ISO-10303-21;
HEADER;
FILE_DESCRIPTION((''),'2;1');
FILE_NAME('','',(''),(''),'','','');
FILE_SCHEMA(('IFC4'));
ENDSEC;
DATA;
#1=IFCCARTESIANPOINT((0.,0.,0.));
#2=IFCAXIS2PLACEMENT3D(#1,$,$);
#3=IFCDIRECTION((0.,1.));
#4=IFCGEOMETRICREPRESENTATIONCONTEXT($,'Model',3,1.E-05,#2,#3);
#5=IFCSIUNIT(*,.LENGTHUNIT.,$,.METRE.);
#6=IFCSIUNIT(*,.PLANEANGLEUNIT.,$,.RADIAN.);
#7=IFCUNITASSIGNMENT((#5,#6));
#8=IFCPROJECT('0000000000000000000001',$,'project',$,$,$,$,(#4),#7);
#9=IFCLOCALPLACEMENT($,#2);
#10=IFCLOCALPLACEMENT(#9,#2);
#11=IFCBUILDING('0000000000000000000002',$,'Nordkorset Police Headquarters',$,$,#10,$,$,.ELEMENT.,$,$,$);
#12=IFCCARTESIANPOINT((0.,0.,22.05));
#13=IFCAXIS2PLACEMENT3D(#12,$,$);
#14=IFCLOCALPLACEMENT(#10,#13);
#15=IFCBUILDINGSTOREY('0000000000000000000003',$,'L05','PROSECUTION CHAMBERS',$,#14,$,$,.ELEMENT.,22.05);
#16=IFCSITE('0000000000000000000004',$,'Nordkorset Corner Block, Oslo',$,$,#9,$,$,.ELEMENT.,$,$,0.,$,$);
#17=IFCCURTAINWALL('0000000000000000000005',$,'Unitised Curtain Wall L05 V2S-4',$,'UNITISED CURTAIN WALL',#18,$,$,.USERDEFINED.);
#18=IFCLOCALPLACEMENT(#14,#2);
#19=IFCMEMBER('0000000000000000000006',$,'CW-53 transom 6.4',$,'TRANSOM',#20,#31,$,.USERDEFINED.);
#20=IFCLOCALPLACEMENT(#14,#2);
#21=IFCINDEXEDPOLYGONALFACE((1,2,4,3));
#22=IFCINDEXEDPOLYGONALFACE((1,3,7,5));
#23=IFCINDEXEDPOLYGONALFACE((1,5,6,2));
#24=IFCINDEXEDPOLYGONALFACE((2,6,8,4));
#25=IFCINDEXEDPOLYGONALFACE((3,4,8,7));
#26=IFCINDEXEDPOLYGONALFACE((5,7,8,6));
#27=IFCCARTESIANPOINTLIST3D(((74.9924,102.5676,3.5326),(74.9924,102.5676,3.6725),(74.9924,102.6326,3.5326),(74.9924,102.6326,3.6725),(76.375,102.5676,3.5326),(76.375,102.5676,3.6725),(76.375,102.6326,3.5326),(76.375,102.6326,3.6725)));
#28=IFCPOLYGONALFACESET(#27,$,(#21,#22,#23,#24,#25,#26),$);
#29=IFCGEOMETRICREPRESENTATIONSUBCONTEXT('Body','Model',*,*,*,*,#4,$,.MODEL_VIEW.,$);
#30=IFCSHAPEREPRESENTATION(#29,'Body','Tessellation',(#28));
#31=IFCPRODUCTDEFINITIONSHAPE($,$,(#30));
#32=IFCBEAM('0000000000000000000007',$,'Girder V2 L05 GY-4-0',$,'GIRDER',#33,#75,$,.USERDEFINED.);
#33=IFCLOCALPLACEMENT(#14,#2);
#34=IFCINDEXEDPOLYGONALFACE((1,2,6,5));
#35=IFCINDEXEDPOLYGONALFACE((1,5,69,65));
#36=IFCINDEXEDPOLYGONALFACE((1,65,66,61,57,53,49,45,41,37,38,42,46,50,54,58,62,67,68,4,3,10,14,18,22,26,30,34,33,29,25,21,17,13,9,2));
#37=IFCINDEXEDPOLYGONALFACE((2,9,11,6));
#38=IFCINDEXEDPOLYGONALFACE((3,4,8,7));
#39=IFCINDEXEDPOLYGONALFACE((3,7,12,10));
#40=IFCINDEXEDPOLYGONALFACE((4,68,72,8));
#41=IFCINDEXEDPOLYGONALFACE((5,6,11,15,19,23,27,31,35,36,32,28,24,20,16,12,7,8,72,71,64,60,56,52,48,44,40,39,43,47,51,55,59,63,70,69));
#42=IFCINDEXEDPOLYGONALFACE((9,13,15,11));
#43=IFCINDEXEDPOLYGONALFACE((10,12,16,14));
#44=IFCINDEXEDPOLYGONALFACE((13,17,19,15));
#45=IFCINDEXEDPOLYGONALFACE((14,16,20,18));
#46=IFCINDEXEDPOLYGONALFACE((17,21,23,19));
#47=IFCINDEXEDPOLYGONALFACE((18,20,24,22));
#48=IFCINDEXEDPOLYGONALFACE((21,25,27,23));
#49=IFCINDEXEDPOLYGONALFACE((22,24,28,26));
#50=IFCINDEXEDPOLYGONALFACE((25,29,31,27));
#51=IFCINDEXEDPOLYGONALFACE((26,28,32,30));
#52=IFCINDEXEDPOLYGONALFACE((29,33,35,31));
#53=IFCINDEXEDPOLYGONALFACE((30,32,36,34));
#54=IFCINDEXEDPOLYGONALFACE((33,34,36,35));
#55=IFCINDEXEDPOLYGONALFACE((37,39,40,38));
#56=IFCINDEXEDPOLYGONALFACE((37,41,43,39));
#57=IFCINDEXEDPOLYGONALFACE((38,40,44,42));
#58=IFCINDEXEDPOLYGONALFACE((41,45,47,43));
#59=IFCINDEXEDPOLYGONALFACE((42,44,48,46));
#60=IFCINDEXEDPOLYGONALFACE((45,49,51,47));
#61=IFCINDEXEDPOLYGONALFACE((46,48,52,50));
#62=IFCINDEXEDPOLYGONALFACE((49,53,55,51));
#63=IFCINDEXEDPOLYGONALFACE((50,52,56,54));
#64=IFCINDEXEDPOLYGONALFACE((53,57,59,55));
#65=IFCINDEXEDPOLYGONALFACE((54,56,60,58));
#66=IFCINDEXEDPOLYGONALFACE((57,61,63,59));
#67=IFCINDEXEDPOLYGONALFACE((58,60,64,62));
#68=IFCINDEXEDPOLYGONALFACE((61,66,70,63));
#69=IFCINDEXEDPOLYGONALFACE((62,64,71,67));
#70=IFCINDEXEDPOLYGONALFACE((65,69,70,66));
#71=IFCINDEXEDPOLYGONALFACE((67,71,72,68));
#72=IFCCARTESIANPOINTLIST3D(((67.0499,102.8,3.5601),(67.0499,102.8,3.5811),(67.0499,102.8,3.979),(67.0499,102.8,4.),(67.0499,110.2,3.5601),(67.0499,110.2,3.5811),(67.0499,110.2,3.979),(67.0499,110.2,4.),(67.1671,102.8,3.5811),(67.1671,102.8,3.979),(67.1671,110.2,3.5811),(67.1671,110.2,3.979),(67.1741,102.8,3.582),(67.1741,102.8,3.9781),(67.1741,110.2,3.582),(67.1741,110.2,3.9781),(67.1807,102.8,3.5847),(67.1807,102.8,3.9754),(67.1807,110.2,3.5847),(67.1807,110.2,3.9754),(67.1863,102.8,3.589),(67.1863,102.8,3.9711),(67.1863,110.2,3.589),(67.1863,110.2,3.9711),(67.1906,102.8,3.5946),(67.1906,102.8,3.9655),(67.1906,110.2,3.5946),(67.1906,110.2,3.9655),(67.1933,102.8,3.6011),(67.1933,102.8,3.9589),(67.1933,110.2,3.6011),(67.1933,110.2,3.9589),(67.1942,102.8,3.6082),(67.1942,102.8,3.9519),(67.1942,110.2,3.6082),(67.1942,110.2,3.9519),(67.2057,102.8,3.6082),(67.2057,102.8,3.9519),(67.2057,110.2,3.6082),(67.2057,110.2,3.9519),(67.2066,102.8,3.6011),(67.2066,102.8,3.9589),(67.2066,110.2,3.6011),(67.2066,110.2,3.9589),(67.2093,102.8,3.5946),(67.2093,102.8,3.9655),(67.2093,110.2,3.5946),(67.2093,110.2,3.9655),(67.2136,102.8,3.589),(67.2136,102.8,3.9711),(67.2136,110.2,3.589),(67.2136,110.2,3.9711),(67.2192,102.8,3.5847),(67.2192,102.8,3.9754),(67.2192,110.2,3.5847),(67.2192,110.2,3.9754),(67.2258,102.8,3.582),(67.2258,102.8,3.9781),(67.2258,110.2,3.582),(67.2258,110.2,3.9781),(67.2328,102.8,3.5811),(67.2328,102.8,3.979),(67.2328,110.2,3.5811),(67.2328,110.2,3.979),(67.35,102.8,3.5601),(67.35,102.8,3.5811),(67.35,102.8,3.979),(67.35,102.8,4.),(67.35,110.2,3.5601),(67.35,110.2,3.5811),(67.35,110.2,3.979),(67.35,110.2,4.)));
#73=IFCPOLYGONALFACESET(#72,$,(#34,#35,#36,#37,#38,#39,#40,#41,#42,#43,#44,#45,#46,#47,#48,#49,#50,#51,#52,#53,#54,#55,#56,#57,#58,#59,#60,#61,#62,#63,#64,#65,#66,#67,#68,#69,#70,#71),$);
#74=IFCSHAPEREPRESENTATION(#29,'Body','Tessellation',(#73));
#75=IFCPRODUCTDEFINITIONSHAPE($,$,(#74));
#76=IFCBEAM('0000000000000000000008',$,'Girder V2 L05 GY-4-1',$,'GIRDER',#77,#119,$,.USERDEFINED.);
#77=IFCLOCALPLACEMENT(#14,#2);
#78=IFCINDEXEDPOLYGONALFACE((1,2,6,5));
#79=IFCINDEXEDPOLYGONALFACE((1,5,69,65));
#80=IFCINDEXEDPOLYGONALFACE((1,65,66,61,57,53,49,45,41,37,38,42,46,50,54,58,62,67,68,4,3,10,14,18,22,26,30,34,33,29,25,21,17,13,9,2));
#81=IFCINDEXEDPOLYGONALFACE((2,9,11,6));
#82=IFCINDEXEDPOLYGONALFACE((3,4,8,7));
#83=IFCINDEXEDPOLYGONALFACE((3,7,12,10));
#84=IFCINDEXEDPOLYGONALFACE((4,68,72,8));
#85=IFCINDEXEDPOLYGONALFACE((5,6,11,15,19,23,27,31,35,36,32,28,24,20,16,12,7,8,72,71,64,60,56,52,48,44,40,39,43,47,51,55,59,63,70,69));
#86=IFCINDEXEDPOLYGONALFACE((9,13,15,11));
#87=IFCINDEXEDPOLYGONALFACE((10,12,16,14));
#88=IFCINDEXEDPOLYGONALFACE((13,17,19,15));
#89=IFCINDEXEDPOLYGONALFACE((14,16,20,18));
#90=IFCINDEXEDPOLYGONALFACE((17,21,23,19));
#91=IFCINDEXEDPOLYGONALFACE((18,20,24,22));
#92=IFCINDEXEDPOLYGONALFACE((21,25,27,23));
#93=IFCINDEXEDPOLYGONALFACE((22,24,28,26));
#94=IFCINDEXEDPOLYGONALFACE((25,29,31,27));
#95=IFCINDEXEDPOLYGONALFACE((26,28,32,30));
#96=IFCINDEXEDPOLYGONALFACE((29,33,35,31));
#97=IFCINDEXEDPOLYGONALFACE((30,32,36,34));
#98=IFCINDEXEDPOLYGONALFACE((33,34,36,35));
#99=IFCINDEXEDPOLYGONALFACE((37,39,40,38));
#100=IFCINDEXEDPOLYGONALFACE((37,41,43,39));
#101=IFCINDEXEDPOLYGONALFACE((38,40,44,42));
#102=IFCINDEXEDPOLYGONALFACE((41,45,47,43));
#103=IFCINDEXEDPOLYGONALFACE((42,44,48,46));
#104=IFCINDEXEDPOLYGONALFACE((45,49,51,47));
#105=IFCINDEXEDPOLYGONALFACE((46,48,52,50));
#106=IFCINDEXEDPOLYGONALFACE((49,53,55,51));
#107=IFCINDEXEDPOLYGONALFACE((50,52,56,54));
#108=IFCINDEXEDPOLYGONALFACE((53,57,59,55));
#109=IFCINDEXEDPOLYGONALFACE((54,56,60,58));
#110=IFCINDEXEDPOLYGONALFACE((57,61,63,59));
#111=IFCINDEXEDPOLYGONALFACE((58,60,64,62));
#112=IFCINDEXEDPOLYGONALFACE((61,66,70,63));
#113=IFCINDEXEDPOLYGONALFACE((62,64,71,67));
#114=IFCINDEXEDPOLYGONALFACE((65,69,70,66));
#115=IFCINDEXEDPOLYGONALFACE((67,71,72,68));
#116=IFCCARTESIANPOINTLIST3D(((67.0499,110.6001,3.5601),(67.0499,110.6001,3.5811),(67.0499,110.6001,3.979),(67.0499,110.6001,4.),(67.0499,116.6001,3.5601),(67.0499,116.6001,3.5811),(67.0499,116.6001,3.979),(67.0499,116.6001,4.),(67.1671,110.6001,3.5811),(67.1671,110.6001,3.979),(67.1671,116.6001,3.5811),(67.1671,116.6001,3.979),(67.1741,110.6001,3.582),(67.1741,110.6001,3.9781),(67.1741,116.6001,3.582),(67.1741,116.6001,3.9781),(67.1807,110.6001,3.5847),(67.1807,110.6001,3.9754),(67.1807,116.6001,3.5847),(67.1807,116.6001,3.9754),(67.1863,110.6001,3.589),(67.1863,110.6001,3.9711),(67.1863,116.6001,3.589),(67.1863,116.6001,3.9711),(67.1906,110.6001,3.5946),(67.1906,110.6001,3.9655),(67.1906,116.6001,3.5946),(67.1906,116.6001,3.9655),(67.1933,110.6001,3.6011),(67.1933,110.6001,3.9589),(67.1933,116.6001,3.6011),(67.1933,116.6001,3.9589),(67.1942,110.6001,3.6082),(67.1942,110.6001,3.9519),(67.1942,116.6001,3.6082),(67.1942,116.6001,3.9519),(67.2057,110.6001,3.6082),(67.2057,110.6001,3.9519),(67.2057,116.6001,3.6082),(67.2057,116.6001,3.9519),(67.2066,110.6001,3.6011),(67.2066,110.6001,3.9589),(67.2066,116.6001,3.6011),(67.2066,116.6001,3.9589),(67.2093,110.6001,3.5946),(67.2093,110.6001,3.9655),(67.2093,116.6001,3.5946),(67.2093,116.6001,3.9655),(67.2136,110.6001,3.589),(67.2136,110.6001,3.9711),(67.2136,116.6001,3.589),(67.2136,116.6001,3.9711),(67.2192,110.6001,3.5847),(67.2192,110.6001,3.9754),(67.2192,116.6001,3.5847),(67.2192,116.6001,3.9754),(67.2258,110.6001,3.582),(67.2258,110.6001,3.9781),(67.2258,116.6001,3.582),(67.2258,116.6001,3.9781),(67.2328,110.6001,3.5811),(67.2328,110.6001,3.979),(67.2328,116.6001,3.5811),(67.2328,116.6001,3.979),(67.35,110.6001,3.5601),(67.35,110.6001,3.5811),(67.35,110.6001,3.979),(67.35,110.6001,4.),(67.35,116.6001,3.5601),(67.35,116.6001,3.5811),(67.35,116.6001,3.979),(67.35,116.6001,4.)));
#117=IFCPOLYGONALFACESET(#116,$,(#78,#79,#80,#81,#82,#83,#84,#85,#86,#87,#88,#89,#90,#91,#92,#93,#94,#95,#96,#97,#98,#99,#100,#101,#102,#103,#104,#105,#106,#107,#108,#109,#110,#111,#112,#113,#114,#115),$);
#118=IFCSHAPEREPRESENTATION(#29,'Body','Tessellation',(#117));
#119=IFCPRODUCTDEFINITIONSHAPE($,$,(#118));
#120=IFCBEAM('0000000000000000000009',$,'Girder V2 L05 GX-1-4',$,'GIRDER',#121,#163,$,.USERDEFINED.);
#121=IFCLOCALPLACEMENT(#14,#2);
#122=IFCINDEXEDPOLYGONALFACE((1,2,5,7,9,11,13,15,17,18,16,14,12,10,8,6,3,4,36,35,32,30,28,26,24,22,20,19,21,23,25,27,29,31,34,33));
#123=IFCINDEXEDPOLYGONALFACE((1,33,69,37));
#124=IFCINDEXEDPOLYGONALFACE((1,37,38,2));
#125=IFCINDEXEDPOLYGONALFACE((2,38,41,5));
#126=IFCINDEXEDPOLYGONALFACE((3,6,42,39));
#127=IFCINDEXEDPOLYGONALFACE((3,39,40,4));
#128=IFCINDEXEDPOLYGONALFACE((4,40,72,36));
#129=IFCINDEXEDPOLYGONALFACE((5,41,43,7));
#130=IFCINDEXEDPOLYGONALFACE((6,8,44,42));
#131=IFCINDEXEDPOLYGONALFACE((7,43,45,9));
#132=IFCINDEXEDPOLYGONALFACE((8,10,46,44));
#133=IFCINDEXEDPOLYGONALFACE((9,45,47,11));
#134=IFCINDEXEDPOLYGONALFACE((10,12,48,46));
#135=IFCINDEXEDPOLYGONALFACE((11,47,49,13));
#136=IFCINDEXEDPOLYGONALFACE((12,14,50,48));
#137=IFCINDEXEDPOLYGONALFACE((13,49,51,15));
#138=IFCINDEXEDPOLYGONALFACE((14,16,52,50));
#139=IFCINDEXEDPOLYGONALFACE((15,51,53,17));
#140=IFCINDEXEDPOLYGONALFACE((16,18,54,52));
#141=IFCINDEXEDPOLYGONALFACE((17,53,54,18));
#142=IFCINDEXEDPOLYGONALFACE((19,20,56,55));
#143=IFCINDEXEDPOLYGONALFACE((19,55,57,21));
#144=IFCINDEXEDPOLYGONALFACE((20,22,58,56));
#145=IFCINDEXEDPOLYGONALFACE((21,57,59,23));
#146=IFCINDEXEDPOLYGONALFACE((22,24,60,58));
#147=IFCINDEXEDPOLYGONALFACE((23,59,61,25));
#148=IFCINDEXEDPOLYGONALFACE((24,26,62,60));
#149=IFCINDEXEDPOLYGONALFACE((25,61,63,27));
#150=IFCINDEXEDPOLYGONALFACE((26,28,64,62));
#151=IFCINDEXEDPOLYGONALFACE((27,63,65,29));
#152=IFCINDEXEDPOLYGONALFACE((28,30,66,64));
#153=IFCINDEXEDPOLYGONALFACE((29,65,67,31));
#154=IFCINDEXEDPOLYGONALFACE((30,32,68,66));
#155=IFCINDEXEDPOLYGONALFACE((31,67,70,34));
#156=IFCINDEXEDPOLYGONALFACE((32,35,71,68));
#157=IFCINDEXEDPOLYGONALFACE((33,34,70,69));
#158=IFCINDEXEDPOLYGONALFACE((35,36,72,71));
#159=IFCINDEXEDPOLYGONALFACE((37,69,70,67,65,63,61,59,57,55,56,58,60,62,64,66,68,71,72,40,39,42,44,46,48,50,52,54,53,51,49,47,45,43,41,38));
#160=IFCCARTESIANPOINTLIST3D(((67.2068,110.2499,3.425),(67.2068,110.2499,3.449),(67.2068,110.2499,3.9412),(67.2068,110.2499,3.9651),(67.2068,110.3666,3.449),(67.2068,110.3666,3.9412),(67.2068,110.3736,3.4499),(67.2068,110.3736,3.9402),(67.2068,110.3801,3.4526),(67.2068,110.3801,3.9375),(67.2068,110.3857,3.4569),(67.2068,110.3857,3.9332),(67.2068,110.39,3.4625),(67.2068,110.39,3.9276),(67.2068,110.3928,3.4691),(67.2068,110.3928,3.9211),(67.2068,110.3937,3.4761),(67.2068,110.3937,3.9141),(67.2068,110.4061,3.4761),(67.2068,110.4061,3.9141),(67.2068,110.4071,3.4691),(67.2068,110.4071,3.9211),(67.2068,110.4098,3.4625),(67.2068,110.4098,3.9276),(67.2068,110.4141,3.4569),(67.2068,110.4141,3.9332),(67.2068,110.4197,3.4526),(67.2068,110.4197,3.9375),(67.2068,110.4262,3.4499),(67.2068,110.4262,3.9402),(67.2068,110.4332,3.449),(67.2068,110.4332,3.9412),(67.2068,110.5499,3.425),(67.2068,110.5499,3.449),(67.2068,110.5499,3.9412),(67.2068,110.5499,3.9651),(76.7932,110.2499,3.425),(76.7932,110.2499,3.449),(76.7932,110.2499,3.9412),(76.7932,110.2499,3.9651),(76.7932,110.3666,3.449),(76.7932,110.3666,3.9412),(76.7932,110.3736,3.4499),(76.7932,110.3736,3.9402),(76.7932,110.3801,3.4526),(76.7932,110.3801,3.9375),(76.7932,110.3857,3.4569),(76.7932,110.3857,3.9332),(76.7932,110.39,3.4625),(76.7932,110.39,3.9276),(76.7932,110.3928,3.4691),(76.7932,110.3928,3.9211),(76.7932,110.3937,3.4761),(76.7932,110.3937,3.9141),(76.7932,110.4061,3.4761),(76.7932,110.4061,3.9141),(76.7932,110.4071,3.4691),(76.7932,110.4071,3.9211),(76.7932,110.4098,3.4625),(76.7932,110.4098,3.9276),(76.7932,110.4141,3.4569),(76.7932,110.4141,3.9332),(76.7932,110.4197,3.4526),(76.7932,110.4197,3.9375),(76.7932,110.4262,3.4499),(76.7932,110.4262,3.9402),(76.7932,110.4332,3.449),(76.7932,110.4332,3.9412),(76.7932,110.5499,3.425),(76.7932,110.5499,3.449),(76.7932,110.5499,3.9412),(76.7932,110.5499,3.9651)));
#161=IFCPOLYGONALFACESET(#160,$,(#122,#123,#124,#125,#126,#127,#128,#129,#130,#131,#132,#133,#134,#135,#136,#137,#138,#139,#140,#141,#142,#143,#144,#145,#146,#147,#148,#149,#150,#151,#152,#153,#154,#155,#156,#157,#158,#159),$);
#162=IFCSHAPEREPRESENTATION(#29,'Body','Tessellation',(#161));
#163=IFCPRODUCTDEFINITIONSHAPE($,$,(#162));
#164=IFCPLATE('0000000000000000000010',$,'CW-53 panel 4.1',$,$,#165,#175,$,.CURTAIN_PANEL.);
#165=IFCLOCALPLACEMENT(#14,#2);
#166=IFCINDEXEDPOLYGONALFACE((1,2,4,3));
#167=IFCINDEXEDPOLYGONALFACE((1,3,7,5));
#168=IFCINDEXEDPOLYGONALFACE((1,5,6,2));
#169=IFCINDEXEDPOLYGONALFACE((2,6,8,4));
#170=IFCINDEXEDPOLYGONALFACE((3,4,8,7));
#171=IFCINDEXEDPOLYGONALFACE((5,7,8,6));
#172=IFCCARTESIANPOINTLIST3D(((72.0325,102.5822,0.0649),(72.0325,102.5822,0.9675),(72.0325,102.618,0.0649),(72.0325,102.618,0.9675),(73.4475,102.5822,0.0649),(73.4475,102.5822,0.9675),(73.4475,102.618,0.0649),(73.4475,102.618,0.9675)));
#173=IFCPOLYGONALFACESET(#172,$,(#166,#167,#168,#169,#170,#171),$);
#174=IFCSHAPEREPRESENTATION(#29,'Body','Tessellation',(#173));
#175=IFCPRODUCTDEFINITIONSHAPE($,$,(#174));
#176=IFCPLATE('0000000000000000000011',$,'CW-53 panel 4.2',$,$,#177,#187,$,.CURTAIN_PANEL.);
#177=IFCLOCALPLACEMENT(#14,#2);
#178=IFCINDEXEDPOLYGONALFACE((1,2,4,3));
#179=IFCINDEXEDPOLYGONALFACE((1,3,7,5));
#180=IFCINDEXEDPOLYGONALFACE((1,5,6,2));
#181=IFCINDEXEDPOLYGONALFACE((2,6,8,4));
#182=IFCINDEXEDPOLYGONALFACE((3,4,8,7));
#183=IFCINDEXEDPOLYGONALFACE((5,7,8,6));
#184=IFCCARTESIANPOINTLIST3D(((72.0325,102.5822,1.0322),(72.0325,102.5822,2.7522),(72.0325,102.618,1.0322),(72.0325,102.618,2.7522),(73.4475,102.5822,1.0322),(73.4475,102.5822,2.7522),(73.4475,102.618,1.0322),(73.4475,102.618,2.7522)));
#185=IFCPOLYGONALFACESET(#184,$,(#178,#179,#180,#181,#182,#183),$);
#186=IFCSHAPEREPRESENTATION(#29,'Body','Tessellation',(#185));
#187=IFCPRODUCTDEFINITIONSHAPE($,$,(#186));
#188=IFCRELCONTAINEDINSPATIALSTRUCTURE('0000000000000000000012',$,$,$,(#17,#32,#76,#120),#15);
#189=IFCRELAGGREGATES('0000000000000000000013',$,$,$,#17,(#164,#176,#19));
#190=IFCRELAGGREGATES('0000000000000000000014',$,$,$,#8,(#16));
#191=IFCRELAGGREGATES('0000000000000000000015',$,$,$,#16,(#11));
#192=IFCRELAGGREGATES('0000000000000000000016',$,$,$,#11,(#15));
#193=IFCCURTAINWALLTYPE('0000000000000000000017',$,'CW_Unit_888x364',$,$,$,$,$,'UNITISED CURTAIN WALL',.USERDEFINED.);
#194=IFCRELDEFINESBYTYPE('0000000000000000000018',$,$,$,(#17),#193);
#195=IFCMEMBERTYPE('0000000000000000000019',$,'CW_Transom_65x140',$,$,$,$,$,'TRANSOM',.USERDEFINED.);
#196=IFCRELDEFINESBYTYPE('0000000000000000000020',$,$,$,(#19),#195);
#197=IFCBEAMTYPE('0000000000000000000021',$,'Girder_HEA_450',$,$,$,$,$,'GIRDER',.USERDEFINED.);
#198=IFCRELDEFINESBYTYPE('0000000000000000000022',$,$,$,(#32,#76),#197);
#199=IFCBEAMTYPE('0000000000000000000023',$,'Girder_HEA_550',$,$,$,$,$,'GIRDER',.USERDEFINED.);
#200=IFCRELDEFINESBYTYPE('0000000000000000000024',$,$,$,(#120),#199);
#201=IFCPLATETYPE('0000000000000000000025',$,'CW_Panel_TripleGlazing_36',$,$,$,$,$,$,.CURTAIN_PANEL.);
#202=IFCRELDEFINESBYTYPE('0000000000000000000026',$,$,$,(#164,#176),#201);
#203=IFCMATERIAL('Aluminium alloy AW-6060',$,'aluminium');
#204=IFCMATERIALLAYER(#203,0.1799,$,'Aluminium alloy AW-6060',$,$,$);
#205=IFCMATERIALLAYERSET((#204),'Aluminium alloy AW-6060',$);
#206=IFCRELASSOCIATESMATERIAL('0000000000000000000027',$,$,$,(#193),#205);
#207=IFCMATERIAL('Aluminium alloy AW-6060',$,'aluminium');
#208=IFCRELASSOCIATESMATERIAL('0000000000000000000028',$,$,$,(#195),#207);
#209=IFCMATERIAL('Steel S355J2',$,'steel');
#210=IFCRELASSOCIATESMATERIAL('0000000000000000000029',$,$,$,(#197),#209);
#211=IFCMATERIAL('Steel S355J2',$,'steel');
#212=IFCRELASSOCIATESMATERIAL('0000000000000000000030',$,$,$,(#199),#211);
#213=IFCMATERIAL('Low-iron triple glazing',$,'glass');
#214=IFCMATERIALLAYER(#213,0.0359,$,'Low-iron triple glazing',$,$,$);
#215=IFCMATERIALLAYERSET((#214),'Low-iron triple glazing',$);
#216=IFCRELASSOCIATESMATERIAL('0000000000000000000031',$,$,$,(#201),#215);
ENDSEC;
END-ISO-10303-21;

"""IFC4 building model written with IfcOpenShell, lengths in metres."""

from ifc_helpers import new_model, si_unit, direction, frame, origin, origin_2d, place, context, subcontext, project, spatial, rectangle, i_section, extrude, material, layer, layer_set, material_profile, profile_set, type_object, element, aggregate, save


model = new_model("IFC4")

# Units and contexts
model_context = context("Model", 3, precision=1e-05, world=origin(), true_north=direction((0.0, 1.0)))
body_context = subcontext(model_context, "Body", "Model", "MODEL_VIEW")
ifc_project = project(units=[si_unit("LENGTHUNIT", "METRE"), si_unit("PLANEANGLEUNIT", "RADIAN")], contexts=[model_context])

# Site, building, storey
site_placement = place(None, origin())
site = spatial("IfcSite", under=ifc_project, at=site_placement, Name="Nordkorset Corner Block, Oslo", CompositionType="ELEMENT", RefElevation=0.0)
building_placement = place(site_placement, origin())
building = spatial("IfcBuilding", under=site, at=building_placement, Name="Nordkorset Police Headquarters", CompositionType="ELEMENT")
storey_placement = place(building_placement, frame((0.0, 0.0, 22.05)))
storey = spatial("IfcBuildingStorey", under=building, at=storey_placement, Name="L05", Description="PROSECUTION CHAMBERS", CompositionType="ELEMENT", Elevation=22.05)

# Curtain wall, member
ifc_material_1 = material(Name="Aluminium alloy AW-6060", Category="aluminium")
ifc_layer_1 = layer(ifc_material_1, 0.1799, Name="Aluminium alloy AW-6060")
ifc_layer_set_1 = layer_set([ifc_layer_1], Name="Aluminium alloy AW-6060")
curtain_wall_type = type_object("IfcCurtainWallType", Name="CW_Unit_888x364", ElementType="UNITISED CURTAIN WALL", PredefinedType="USERDEFINED", material=ifc_layer_set_1)
curtain_wall_placement = place(storey_placement, origin())
curtain_wall = element("IfcCurtainWall", 1, at=curtain_wall_placement, inside=storey, type_object=curtain_wall_type, Name="Unitised Curtain Wall L05 V2S-4", ObjectType="UNITISED CURTAIN WALL", PredefinedType="USERDEFINED")
ifc_material_2 = material(Name="Aluminium alloy AW-6060", Category="aluminium")
ifc_material_profile_1 = material_profile(ifc_material_2, rectangle(XDim=0.0649, YDim=0.1399, at=origin_2d()), Name="ALU TRAN 65x140")
ifc_profile_set_1 = profile_set([ifc_material_profile_1], Name="Aluminium alloy AW-6060")
member_type_1 = type_object("IfcMemberType", Name="CW_Transom_65x140", ElementType="TRANSOM", PredefinedType="USERDEFINED", material=ifc_profile_set_1)
member_1_placement = place(storey_placement, frame((74.9924, 102.6001, 3.6025), z_axis=(1.0, 0.0, 0.0), x_axis=(0.0, 1.0, 0.0)))
member_1 = element("IfcMember", 2, at=member_1_placement, type_object=member_type_1, Name="CW-53 transom 6.4", ObjectType="TRANSOM", PredefinedType="USERDEFINED", context=body_context, shape_type="SweptSolid", body=[
    extrude(rectangle(XDim=0.0649, YDim=0.1399, at=origin_2d()), origin(), (0.0, 0.0, 1.0), 1.3826),
])

# Beams
ifc_material_3 = material(Name="Steel S355J2", Category="steel")
ifc_material_profile_2 = material_profile(ifc_material_3, i_section(OverallWidth=0.3, OverallDepth=0.4399, WebThickness=0.0115, FlangeThickness=0.021, FilletRadius=0.0271, at=origin_2d()), Name="HEA 450")
ifc_profile_set_2 = profile_set([ifc_material_profile_2], Name="Steel S355J2")
beam_type_1 = type_object("IfcBeamType", Name="Girder_HEA_450", ElementType="GIRDER", PredefinedType="USERDEFINED", material=ifc_profile_set_2)
beam_1_placement = place(storey_placement, frame((67.2, 102.8, 3.78), z_axis=(0.0, 1.0, 0.0), x_axis=(-1.0, 0.0, 0.0)))
element("IfcBeam", 3, at=beam_1_placement, inside=storey, type_object=beam_type_1, Name="Girder V2 L05 GY-4-0", ObjectType="GIRDER", PredefinedType="USERDEFINED", context=body_context, shape_type="SweptSolid", body=[
    extrude(i_section(OverallWidth=0.3, OverallDepth=0.4399, WebThickness=0.0115, FlangeThickness=0.021, FilletRadius=0.0271, at=origin_2d()), origin(), (0.0, 0.0, 1.0), 7.3999),
])
beam_2_placement = place(storey_placement, frame((67.2, 110.6001, 3.78), z_axis=(0.0, 1.0, 0.0), x_axis=(-1.0, 0.0, 0.0)))
element("IfcBeam", 4, at=beam_2_placement, inside=storey, type_object=beam_type_1, Name="Girder V2 L05 GY-4-1", ObjectType="GIRDER", PredefinedType="USERDEFINED", context=body_context, shape_type="SweptSolid", body=[
    extrude(i_section(OverallWidth=0.3, OverallDepth=0.4399, WebThickness=0.0115, FlangeThickness=0.021, FilletRadius=0.0271, at=origin_2d()), origin(), (0.0, 0.0, 1.0), 6.0),
])
ifc_material_4 = material(Name="Steel S355J2", Category="steel")
ifc_material_profile_3 = material_profile(ifc_material_4, i_section(OverallWidth=0.3, OverallDepth=0.54, WebThickness=0.0125, FlangeThickness=0.0239, FilletRadius=0.0271, at=origin_2d()), Name="HEA 550")
ifc_profile_set_3 = profile_set([ifc_material_profile_3], Name="Steel S355J2")
beam_type_2 = type_object("IfcBeamType", Name="Girder_HEA_550", ElementType="GIRDER", PredefinedType="USERDEFINED", material=ifc_profile_set_3)
beam_3_placement = place(storey_placement, frame((67.2068, 110.3999, 3.6951), z_axis=(1.0, 0.0, 0.0), x_axis=(0.0, 1.0, 0.0)))
element("IfcBeam", 5, at=beam_3_placement, inside=storey, type_object=beam_type_2, Name="Girder V2 L05 GX-1-4", ObjectType="GIRDER", PredefinedType="USERDEFINED", context=body_context, shape_type="SweptSolid", body=[
    extrude(i_section(OverallWidth=0.3, OverallDepth=0.54, WebThickness=0.0125, FlangeThickness=0.0239, FilletRadius=0.0271, at=origin_2d()), origin(), (0.0, 0.0, 1.0), 9.5864),
])

# Plates
ifc_material_5 = material(Name="Low-iron triple glazing", Category="glass")
ifc_layer_2 = layer(ifc_material_5, 0.0359, Name="Low-iron triple glazing")
ifc_layer_set_2 = layer_set([ifc_layer_2], Name="Low-iron triple glazing")
plate_type = type_object("IfcPlateType", Name="CW_Panel_TripleGlazing_36", PredefinedType="CURTAIN_PANEL", material=ifc_layer_set_2)
plate_1_placement = place(storey_placement, frame((72.74, 102.6001, 0.0649), z_axis=(0.0, 0.0, 1.0), x_axis=(1.0, 0.0, 0.0)))
plate_1 = element("IfcPlate", 6, at=plate_1_placement, type_object=plate_type, Name="CW-53 panel 4.1", PredefinedType="CURTAIN_PANEL", context=body_context, shape_type="SweptSolid", body=[
    extrude(rectangle(XDim=1.415, YDim=0.0359, at=origin_2d()), origin(), (0.0, 0.0, 1.0), 0.9026),
])
plate_2_placement = place(storey_placement, frame((72.74, 102.6001, 1.0322), z_axis=(0.0, 0.0, 1.0), x_axis=(1.0, 0.0, 0.0)))
plate_2 = element("IfcPlate", 7, at=plate_2_placement, type_object=plate_type, Name="CW-53 panel 4.2", PredefinedType="CURTAIN_PANEL", context=body_context, shape_type="SweptSolid", body=[
    extrude(rectangle(XDim=1.415, YDim=0.0359, at=origin_2d()), origin(), (0.0, 0.0, 1.0), 1.72),
])
aggregate(curtain_wall, [plate_1, plate_2, member_1])

save(model, "model.ifc")
